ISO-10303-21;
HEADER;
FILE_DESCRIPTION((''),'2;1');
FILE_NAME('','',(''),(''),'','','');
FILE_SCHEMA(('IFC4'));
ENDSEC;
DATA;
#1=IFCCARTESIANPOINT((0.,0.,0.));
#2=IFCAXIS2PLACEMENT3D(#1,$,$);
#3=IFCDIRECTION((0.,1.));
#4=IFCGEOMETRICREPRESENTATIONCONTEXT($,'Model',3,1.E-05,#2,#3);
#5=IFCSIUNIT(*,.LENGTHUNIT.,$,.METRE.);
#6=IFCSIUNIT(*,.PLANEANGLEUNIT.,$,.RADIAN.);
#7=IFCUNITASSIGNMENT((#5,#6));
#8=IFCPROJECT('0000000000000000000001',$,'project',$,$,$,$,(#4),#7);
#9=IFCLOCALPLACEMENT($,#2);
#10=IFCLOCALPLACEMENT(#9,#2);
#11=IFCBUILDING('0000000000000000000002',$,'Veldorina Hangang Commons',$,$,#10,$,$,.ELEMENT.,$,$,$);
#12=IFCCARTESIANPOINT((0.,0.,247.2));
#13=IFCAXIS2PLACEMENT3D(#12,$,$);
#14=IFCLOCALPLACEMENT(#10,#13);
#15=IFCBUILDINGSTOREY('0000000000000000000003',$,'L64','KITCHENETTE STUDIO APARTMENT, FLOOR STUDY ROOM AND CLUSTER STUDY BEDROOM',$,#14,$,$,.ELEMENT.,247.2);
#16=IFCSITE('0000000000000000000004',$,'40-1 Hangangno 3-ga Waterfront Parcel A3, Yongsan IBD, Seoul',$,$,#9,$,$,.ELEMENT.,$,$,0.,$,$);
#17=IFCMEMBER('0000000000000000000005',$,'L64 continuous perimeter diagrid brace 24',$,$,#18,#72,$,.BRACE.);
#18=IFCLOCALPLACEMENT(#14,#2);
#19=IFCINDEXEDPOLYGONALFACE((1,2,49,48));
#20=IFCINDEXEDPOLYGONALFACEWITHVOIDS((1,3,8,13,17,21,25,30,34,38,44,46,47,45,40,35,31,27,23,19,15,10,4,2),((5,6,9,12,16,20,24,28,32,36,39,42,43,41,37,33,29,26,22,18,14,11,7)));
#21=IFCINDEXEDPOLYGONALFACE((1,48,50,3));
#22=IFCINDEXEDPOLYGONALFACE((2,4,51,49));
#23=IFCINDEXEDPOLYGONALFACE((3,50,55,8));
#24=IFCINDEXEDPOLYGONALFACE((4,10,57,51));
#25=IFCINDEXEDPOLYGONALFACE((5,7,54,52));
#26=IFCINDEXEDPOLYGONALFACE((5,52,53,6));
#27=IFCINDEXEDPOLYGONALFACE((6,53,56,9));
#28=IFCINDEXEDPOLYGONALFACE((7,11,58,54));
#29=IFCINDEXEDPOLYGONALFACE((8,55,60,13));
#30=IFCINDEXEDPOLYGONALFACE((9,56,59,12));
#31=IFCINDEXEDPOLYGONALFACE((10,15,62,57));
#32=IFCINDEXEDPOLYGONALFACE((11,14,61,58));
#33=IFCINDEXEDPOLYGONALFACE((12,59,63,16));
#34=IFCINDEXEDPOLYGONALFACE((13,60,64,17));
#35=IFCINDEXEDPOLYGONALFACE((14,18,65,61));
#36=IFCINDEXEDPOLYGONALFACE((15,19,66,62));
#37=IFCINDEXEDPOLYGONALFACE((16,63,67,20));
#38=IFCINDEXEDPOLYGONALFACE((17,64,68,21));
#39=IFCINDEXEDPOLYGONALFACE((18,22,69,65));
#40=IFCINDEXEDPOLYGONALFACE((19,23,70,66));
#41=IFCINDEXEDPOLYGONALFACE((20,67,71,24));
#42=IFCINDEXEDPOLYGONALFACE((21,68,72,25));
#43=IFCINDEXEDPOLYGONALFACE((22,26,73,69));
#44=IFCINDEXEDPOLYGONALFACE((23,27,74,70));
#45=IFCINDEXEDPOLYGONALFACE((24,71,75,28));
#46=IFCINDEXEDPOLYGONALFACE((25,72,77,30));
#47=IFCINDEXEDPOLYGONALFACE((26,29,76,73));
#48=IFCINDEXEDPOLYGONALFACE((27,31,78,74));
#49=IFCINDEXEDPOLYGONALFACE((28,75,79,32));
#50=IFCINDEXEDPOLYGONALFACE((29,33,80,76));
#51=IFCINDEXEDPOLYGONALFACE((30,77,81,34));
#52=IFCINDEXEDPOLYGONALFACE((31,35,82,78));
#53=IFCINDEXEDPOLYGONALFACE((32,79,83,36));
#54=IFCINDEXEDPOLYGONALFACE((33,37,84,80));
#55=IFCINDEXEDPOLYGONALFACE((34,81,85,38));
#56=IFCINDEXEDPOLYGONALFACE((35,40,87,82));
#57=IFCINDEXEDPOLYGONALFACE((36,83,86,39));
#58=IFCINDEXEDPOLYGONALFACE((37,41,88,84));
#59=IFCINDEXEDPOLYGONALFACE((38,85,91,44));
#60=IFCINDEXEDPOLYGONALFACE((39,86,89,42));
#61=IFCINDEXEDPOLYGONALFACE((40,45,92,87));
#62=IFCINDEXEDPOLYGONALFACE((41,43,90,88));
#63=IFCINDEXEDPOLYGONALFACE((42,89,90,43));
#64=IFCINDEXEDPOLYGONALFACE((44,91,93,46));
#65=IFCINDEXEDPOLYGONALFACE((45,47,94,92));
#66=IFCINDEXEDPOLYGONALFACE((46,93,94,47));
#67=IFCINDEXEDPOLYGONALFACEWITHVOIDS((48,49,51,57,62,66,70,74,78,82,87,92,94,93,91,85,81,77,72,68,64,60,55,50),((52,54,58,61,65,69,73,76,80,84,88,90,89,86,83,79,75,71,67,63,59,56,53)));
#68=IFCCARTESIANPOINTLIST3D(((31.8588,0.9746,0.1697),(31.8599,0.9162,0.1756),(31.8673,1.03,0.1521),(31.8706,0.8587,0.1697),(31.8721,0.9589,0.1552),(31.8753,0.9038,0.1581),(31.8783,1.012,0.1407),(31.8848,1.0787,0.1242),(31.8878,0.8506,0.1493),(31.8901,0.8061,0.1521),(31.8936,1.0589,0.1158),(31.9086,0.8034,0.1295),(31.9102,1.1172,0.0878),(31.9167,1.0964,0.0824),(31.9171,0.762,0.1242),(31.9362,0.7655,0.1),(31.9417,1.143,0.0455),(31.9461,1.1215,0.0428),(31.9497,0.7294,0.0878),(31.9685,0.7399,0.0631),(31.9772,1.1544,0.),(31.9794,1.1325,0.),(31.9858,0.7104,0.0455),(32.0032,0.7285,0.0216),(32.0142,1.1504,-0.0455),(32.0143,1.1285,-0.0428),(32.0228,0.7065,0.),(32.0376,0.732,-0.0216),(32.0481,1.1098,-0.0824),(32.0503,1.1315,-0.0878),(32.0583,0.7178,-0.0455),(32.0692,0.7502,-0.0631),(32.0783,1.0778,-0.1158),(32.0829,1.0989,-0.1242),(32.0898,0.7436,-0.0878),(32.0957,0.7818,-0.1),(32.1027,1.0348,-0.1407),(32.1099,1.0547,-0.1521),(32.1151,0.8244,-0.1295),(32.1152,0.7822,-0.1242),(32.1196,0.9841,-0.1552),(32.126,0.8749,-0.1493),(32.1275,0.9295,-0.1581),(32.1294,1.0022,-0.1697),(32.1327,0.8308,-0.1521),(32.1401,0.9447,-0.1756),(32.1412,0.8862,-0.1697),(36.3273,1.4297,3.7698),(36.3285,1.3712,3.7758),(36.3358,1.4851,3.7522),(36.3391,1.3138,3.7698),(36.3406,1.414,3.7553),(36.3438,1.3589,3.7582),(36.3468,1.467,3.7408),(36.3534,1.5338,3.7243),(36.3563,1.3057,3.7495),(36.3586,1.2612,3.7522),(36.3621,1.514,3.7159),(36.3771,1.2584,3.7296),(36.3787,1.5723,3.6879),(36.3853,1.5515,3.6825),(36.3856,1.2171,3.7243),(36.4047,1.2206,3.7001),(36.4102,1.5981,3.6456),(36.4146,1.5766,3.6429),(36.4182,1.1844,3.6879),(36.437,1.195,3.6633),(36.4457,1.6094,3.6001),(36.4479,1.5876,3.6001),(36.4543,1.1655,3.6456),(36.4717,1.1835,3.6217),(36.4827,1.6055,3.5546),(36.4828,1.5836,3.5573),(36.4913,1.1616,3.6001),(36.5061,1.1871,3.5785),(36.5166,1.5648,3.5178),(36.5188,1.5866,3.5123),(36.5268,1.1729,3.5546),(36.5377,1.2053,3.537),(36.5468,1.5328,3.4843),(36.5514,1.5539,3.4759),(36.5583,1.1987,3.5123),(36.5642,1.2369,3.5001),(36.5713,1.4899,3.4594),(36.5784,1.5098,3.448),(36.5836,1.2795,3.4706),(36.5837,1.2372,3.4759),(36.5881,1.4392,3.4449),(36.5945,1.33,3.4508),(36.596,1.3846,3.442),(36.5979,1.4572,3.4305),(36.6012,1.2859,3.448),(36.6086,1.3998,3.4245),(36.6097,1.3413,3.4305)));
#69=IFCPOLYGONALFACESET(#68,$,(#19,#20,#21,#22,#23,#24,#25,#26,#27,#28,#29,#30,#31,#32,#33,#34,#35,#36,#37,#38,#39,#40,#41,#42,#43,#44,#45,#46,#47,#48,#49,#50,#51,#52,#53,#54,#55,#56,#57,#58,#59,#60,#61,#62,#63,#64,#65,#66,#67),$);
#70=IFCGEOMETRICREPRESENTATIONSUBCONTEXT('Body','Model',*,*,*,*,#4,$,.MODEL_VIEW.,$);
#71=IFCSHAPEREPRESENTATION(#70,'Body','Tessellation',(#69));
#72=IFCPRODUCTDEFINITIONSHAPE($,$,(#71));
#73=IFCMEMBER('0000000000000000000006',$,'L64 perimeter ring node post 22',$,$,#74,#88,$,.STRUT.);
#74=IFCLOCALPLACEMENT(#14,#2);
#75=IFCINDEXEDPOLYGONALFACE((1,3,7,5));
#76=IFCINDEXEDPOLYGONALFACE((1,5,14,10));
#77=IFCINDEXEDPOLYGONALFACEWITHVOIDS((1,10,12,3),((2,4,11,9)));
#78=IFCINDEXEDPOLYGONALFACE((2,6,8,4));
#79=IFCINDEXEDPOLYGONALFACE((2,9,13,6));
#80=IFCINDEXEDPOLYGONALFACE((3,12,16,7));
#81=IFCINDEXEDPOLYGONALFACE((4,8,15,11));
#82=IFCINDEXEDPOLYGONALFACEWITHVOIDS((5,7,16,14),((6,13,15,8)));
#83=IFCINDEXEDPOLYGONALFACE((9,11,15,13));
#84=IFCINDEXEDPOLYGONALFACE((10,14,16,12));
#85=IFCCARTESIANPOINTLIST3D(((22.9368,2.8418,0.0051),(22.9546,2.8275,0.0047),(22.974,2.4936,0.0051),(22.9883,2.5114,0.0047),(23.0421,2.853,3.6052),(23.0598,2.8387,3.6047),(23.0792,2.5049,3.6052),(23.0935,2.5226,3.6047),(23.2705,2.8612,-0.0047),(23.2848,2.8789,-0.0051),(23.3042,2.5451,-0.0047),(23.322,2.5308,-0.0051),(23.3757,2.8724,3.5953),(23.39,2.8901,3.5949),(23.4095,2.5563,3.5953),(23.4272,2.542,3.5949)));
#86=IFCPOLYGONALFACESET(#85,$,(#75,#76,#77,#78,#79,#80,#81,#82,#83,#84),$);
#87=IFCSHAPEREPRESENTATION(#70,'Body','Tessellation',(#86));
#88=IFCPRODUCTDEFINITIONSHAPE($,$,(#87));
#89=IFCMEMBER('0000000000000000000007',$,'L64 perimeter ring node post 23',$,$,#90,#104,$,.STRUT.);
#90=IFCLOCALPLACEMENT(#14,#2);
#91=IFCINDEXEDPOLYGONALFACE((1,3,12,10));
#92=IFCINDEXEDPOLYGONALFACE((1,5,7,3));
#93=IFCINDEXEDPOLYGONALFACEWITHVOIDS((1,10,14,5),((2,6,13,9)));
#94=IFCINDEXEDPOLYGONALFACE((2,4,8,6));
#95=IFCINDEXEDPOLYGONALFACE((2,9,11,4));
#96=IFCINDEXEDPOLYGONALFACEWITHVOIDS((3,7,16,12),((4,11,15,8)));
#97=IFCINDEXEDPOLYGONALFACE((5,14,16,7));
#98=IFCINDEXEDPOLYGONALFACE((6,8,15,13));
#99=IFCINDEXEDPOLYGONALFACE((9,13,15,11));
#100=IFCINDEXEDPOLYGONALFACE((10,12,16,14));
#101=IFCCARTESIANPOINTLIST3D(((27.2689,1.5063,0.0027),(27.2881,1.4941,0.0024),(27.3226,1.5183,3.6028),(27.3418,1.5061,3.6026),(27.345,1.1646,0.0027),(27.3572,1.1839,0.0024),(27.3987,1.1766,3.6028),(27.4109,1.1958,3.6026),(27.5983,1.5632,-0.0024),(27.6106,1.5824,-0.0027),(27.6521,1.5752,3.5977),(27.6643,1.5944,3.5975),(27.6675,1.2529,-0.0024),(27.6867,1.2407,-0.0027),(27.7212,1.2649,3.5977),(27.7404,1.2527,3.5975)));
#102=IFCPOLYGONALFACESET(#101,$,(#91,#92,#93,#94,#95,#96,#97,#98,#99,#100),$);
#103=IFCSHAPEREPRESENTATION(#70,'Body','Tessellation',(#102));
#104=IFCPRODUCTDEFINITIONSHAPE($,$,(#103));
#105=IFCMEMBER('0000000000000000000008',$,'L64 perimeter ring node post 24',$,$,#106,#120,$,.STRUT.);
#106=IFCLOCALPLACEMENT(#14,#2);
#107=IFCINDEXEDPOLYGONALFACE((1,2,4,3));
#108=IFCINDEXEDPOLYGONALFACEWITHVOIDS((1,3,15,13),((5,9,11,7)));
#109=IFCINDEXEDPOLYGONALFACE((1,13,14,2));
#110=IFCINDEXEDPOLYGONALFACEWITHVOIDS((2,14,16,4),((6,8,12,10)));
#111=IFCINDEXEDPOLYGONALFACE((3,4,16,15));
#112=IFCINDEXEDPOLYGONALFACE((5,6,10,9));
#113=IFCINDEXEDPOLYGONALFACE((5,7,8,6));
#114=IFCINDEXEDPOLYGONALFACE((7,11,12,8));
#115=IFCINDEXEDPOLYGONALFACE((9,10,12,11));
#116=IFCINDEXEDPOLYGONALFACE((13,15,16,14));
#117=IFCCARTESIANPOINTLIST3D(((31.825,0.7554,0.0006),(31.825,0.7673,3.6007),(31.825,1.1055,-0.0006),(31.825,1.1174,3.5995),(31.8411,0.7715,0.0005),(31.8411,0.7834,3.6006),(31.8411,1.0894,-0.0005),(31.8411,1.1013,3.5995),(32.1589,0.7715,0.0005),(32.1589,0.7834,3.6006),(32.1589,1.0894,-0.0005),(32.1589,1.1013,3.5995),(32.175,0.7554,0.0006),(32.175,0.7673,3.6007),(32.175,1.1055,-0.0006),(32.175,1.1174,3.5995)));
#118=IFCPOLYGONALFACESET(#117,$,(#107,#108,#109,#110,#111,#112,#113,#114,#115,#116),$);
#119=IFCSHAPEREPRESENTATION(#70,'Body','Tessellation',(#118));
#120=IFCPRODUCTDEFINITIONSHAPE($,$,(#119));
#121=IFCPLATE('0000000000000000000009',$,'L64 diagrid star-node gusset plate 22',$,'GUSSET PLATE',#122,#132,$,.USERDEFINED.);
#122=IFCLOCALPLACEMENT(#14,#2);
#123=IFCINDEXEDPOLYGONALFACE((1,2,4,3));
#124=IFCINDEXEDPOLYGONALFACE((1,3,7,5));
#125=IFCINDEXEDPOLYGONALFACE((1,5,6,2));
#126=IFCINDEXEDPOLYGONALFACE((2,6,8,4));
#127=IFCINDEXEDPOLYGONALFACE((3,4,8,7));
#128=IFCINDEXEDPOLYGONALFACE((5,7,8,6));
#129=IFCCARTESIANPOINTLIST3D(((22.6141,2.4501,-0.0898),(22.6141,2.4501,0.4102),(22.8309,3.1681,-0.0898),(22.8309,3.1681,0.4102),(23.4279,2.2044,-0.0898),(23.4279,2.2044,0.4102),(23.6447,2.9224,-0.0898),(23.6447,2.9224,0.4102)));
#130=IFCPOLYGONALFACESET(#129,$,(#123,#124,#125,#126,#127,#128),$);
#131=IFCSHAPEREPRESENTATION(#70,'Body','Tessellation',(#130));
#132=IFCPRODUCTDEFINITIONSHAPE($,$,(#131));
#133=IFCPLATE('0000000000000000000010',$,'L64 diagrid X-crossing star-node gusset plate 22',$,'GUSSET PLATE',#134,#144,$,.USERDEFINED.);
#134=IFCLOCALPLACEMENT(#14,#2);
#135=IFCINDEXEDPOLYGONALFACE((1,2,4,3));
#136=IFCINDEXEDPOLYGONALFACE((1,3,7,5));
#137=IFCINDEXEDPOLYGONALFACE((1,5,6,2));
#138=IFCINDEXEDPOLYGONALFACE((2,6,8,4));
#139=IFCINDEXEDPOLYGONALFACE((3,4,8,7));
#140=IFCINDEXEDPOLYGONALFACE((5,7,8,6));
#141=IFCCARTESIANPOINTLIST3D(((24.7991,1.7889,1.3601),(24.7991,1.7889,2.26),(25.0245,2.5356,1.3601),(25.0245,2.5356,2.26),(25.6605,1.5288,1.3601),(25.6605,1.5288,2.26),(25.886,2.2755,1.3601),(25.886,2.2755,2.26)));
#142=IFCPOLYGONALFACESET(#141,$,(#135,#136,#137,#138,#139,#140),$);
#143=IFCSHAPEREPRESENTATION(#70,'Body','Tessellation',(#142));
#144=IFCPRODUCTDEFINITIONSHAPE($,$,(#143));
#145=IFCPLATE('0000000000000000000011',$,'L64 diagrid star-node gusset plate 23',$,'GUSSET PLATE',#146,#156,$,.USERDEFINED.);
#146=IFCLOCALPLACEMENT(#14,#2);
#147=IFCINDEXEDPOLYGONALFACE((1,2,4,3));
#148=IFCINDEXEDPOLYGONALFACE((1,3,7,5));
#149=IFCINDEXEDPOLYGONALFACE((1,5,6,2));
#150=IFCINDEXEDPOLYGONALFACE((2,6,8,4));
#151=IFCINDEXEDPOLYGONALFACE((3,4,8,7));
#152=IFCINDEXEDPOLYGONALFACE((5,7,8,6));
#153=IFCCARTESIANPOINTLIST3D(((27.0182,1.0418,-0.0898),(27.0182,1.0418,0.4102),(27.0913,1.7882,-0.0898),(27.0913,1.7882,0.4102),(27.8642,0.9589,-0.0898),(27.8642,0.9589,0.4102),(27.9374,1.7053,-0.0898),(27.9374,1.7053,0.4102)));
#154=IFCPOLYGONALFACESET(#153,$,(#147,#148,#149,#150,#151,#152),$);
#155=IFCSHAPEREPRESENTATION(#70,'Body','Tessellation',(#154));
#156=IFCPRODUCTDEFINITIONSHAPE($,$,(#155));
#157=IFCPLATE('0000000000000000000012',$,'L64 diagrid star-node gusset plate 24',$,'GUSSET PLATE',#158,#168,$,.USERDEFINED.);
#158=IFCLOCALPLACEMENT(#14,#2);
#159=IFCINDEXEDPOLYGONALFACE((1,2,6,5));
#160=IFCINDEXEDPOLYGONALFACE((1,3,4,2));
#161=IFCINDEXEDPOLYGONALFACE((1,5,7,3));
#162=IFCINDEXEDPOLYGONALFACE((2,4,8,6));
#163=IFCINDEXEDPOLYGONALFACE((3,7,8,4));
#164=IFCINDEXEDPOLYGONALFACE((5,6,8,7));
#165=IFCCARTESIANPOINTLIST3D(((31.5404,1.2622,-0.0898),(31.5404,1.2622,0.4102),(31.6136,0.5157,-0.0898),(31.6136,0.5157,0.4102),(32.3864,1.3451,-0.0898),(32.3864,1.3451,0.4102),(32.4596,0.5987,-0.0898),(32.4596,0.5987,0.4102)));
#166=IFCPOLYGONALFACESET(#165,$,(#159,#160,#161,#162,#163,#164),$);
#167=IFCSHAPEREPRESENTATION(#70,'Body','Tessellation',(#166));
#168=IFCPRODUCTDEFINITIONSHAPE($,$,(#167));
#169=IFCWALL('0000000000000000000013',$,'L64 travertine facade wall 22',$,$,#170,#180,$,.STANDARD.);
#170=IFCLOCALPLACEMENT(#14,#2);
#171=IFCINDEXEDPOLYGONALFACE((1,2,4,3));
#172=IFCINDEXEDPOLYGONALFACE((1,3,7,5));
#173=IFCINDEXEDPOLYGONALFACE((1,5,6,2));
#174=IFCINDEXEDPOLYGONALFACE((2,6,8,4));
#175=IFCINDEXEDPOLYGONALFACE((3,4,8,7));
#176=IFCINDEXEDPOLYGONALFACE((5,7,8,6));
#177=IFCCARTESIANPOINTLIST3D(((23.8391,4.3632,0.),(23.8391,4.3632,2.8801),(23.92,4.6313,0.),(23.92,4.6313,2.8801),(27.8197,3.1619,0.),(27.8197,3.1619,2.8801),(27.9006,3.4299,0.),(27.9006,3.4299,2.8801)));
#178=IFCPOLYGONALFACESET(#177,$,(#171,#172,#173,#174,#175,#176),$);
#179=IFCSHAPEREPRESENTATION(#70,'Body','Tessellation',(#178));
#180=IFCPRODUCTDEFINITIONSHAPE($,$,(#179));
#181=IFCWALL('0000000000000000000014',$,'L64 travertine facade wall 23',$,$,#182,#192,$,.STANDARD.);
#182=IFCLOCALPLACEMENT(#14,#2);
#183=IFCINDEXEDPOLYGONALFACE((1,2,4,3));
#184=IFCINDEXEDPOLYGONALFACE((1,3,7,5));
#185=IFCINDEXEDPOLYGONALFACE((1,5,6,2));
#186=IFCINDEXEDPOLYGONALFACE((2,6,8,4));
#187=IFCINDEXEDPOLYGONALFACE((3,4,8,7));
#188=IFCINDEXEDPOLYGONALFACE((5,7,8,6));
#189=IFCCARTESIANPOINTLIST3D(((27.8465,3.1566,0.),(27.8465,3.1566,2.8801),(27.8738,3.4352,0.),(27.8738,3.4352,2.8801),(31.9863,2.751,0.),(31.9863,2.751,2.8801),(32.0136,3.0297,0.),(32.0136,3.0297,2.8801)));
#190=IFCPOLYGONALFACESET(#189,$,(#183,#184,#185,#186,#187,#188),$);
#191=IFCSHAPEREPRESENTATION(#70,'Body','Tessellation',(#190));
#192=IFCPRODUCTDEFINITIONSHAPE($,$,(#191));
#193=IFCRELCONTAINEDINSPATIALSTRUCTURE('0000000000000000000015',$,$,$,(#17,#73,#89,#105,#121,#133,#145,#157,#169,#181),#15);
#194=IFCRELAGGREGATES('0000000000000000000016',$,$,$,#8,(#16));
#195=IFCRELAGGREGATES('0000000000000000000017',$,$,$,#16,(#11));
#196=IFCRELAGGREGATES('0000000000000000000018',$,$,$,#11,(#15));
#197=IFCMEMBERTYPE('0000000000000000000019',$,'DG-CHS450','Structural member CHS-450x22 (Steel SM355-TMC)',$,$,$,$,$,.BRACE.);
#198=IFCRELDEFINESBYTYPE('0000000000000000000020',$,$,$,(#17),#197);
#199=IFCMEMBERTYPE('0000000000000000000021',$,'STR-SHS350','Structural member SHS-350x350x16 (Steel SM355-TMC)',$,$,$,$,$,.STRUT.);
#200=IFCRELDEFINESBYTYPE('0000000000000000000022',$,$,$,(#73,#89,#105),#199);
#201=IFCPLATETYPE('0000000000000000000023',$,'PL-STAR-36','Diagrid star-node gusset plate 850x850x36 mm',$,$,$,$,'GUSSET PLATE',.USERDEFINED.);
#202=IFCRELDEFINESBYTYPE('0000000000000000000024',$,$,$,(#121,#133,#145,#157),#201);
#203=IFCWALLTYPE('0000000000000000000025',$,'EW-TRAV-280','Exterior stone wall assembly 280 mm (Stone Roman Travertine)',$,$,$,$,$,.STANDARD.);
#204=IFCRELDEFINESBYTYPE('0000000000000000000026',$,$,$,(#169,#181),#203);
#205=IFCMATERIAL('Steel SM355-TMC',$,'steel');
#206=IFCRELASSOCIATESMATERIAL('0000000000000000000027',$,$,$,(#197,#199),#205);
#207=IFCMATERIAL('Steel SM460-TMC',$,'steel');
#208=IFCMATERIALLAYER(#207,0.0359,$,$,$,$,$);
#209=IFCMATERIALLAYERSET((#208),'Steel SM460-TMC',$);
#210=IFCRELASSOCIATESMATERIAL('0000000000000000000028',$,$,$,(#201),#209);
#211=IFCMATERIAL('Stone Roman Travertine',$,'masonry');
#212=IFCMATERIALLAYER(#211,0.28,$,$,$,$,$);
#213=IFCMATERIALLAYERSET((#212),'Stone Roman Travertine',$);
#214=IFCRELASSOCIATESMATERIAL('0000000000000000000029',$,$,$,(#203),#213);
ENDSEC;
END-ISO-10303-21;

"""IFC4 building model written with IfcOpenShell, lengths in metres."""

from ifc_helpers import new_model, si_unit, direction, frame, frame_2d, origin, origin_2d, place, context, subcontext, project, spatial, rectangle, hollow_rectangle, hollow_circle, extrude, material, layer, layer_set, material_profile, profile_set, type_object, element, save


model = new_model("IFC4")

# Units and contexts
model_context = context("Model", 3, precision=1e-05, world=origin(), true_north=direction((0.0, 1.0)))
body_context = subcontext(model_context, "Body", "Model", "MODEL_VIEW")
ifc_project = project(units=[si_unit("LENGTHUNIT", "METRE"), si_unit("PLANEANGLEUNIT", "RADIAN")], contexts=[model_context])

# Site, building, storey
site_placement = place(None, origin())
site = spatial("IfcSite", under=ifc_project, at=site_placement, Name="40-1 Hangangno 3-ga Waterfront Parcel A3, Yongsan IBD, Seoul", CompositionType="ELEMENT", RefElevation=0.0)
building_placement = place(site_placement, origin())
building = spatial("IfcBuilding", under=site, at=building_placement, Name="Veldorina Hangang Commons", CompositionType="ELEMENT")
storey_placement = place(building_placement, frame((0.0, 0.0, 247.2)))
storey = spatial("IfcBuildingStorey", under=building, at=storey_placement, Name="L64", Description="KITCHENETTE STUDIO APARTMENT, FLOOR STUDY ROOM AND CLUSTER STUDY BEDROOM", CompositionType="ELEMENT", Elevation=247.2)

# Shared definitions
ifc_material_1 = material(Name="Steel SM355-TMC", Category="steel")

# Members
ifc_material_profile_1 = material_profile(ifc_material_1, hollow_circle(Radius=0.2251, WallThickness=0.022, at=origin_2d()), Name="CHS-450x22")
ifc_profile_set_1 = profile_set([ifc_material_profile_1], Name="Steel SM355-TMC")
member_type_1 = type_object("IfcMemberType", Name="DG-CHS450", Description="Structural member CHS-450x22 (Steel SM355-TMC)", PredefinedType="BRACE", material=ifc_profile_set_1)
member_1_placement = place(storey_placement, frame((32.0, 0.9304, 0.0), z_axis=(0.776277, 0.079057, 0.625415), x_axis=(-0.101317, 0.994854, 0.0)))
element("IfcMember", 1, at=member_1_placement, inside=storey, type_object=member_type_1, Name="L64 continuous perimeter diagrid brace 24", PredefinedType="BRACE", context=body_context, shape_type="SweptSolid", body=[
    extrude(hollow_circle(Radius=0.2251, WallThickness=0.022, at=origin_2d()), origin(), (0.0, 0.0, 1.0), 5.7563),
])
ifc_material_profile_2 = material_profile(ifc_material_1, hollow_rectangle(XDim=0.3501, YDim=0.3501, WallThickness=0.0161, at=origin_2d()), Name="SHS-350x350x16")
ifc_profile_set_2 = profile_set([ifc_material_profile_2], Name="Steel SM355-TMC")
member_type_2 = type_object("IfcMemberType", Name="STR-SHS350", Description="Structural member SHS-350x350x16 (Steel SM355-TMC)", PredefinedType="STRUT", material=ifc_profile_set_2)
member_2_placement = place(storey_placement, frame((23.1294, 2.6863, 0.0), z_axis=(0.029216, 0.003118, 0.999568), x_axis=(-0.106126, 0.994353, 0.0)))
element("IfcMember", 2, at=member_2_placement, inside=storey, type_object=member_type_2, Name="L64 perimeter ring node post 22", PredefinedType="STRUT", context=body_context, shape_type="SweptSolid", body=[
    extrude(hollow_rectangle(XDim=0.3501, YDim=0.3501, WallThickness=0.0161, at=origin_2d()), origin(), (0.0, 0.0, 1.0), 3.6016),
])
member_3_placement = place(storey_placement, frame((27.4778, 1.3735, 0.0), z_axis=(0.014918, 0.003323, 0.999883), x_axis=(-0.2174, 0.976083, 0.0)))
element("IfcMember", 3, at=member_3_placement, inside=storey, type_object=member_type_2, Name="L64 perimeter ring node post 23", PredefinedType="STRUT", context=body_context, shape_type="SweptSolid", body=[
    extrude(hollow_rectangle(XDim=0.3501, YDim=0.3501, WallThickness=0.0161, at=origin_2d()), origin(), (0.0, 0.0, 1.0), 3.6006),
])
member_4_placement = place(storey_placement, frame((32.0, 0.9304, 0.0), z_axis=(0.0, 0.003323, 0.999994), x_axis=(-1.0, 0.0, 0.0)))
element("IfcMember", 4, at=member_4_placement, inside=storey, type_object=member_type_2, Name="L64 perimeter ring node post 24", PredefinedType="STRUT", context=body_context, shape_type="SweptSolid", body=[
    extrude(hollow_rectangle(XDim=0.3501, YDim=0.3501, WallThickness=0.0161, at=origin_2d()), origin(), (0.0, 0.0, 1.0), 3.6001),
])

# Plates
ifc_material_2 = material(Name="Steel SM460-TMC", Category="steel")
ifc_layer_1 = layer(ifc_material_2, 0.0359)
ifc_layer_set_1 = layer_set([ifc_layer_1], Name="Steel SM460-TMC")
plate_type = type_object("IfcPlateType", Name="PL-STAR-36", Description="Diagrid star-node gusset plate 850x850x36 mm", ElementType="GUSSET PLATE", PredefinedType="USERDEFINED", material=ifc_layer_set_1)
plate_1_placement = place(storey_placement, frame((23.1294, 2.6863, -0.0898), z_axis=(0.0, 0.0, 1.0), x_axis=(0.957319, -0.289032, 0.0)))
element("IfcPlate", 5, at=plate_1_placement, inside=storey, type_object=plate_type, Name="L64 diagrid star-node gusset plate 22", ObjectType="GUSSET PLATE", PredefinedType="USERDEFINED", context=body_context, shape_type="SweptSolid", body=[
    extrude(rectangle(XDim=0.8501, YDim=0.75, at=origin_2d()), origin(), (0.0, 0.0, 1.0), 0.5),
])
plate_2_placement = place(storey_placement, frame((25.3425, 2.0322, 1.3601), z_axis=(0.0, 0.0, 1.0), x_axis=(0.957319, -0.289032, 0.0)))
element("IfcPlate", 6, at=plate_2_placement, inside=storey, type_object=plate_type, Name="L64 diagrid X-crossing star-node gusset plate 22", ObjectType="GUSSET PLATE", PredefinedType="USERDEFINED", context=body_context, shape_type="SweptSolid", body=[
    extrude(rectangle(XDim=0.8999, YDim=0.78, at=origin_2d()), origin(), (0.0, 0.0, 1.0), 0.8999),
])
for number, where, z_axis, x_axis, name in (
    (7, (27.4778, 1.3735, -0.0898), (0.0, 0.0, 1.0), (0.995229, -0.097566, 0.0), "L64 diagrid star-node gusset plate 23"),
    (8, (32.0, 0.9304, -0.0898), (0.0, 0.0, 1.0), (0.995229, 0.097566, 0.0), "L64 diagrid star-node gusset plate 24"),
):
    element("IfcPlate", number, at=place(storey_placement, frame(where, z_axis=z_axis, x_axis=x_axis)), inside=storey, type_object=plate_type, Name=name, ObjectType="GUSSET PLATE", PredefinedType="USERDEFINED", context=body_context, shape_type="SweptSolid", body=[
        extrude(rectangle(XDim=0.8501, YDim=0.75, at=origin_2d()), origin(), (0.0, 0.0, 1.0), 0.5),
    ])

# Walls
ifc_material_3 = material(Name="Stone Roman Travertine", Category="masonry")
ifc_layer_2 = layer(ifc_material_3, 0.28)
ifc_layer_set_2 = layer_set([ifc_layer_2], Name="Stone Roman Travertine")
wall_type_1 = type_object("IfcWallType", Name="EW-TRAV-280", Description="Exterior stone wall assembly 280 mm (Stone Roman Travertine)", PredefinedType="STANDARD", material=ifc_layer_set_2)
wall_1_placement = place(storey_placement, frame((23.8794, 4.4973, 0.0), z_axis=(0.0, 0.0, 1.0), x_axis=(0.957348, -0.288937, 0.0)))
element("IfcWall", 9, at=wall_1_placement, inside=storey, type_object=wall_type_1, Name="L64 travertine facade wall 22", PredefinedType="STANDARD", context=body_context, shape_type="SweptSolid", body=[
    extrude(rectangle(XDim=4.158, YDim=0.28, at=frame_2d((2.0791, 0.0))), origin(), (0.0, 0.0, 1.0), 2.8801),
])
wall_2_placement = place(storey_placement, frame((27.8601, 3.2959, 0.0), z_axis=(0.0, 0.0, 1.0), x_axis=(0.995237, -0.097487, 0.0)))
element("IfcWall", 10, at=wall_2_placement, inside=storey, type_object=wall_type_1, Name="L64 travertine facade wall 23", PredefinedType="STANDARD", context=body_context, shape_type="SweptSolid", body=[
    extrude(rectangle(XDim=4.1597, YDim=0.28, at=frame_2d((2.0798, 0.0))), origin(), (0.0, 0.0, 1.0), 2.8801),
])

save(model, "model.ifc")
